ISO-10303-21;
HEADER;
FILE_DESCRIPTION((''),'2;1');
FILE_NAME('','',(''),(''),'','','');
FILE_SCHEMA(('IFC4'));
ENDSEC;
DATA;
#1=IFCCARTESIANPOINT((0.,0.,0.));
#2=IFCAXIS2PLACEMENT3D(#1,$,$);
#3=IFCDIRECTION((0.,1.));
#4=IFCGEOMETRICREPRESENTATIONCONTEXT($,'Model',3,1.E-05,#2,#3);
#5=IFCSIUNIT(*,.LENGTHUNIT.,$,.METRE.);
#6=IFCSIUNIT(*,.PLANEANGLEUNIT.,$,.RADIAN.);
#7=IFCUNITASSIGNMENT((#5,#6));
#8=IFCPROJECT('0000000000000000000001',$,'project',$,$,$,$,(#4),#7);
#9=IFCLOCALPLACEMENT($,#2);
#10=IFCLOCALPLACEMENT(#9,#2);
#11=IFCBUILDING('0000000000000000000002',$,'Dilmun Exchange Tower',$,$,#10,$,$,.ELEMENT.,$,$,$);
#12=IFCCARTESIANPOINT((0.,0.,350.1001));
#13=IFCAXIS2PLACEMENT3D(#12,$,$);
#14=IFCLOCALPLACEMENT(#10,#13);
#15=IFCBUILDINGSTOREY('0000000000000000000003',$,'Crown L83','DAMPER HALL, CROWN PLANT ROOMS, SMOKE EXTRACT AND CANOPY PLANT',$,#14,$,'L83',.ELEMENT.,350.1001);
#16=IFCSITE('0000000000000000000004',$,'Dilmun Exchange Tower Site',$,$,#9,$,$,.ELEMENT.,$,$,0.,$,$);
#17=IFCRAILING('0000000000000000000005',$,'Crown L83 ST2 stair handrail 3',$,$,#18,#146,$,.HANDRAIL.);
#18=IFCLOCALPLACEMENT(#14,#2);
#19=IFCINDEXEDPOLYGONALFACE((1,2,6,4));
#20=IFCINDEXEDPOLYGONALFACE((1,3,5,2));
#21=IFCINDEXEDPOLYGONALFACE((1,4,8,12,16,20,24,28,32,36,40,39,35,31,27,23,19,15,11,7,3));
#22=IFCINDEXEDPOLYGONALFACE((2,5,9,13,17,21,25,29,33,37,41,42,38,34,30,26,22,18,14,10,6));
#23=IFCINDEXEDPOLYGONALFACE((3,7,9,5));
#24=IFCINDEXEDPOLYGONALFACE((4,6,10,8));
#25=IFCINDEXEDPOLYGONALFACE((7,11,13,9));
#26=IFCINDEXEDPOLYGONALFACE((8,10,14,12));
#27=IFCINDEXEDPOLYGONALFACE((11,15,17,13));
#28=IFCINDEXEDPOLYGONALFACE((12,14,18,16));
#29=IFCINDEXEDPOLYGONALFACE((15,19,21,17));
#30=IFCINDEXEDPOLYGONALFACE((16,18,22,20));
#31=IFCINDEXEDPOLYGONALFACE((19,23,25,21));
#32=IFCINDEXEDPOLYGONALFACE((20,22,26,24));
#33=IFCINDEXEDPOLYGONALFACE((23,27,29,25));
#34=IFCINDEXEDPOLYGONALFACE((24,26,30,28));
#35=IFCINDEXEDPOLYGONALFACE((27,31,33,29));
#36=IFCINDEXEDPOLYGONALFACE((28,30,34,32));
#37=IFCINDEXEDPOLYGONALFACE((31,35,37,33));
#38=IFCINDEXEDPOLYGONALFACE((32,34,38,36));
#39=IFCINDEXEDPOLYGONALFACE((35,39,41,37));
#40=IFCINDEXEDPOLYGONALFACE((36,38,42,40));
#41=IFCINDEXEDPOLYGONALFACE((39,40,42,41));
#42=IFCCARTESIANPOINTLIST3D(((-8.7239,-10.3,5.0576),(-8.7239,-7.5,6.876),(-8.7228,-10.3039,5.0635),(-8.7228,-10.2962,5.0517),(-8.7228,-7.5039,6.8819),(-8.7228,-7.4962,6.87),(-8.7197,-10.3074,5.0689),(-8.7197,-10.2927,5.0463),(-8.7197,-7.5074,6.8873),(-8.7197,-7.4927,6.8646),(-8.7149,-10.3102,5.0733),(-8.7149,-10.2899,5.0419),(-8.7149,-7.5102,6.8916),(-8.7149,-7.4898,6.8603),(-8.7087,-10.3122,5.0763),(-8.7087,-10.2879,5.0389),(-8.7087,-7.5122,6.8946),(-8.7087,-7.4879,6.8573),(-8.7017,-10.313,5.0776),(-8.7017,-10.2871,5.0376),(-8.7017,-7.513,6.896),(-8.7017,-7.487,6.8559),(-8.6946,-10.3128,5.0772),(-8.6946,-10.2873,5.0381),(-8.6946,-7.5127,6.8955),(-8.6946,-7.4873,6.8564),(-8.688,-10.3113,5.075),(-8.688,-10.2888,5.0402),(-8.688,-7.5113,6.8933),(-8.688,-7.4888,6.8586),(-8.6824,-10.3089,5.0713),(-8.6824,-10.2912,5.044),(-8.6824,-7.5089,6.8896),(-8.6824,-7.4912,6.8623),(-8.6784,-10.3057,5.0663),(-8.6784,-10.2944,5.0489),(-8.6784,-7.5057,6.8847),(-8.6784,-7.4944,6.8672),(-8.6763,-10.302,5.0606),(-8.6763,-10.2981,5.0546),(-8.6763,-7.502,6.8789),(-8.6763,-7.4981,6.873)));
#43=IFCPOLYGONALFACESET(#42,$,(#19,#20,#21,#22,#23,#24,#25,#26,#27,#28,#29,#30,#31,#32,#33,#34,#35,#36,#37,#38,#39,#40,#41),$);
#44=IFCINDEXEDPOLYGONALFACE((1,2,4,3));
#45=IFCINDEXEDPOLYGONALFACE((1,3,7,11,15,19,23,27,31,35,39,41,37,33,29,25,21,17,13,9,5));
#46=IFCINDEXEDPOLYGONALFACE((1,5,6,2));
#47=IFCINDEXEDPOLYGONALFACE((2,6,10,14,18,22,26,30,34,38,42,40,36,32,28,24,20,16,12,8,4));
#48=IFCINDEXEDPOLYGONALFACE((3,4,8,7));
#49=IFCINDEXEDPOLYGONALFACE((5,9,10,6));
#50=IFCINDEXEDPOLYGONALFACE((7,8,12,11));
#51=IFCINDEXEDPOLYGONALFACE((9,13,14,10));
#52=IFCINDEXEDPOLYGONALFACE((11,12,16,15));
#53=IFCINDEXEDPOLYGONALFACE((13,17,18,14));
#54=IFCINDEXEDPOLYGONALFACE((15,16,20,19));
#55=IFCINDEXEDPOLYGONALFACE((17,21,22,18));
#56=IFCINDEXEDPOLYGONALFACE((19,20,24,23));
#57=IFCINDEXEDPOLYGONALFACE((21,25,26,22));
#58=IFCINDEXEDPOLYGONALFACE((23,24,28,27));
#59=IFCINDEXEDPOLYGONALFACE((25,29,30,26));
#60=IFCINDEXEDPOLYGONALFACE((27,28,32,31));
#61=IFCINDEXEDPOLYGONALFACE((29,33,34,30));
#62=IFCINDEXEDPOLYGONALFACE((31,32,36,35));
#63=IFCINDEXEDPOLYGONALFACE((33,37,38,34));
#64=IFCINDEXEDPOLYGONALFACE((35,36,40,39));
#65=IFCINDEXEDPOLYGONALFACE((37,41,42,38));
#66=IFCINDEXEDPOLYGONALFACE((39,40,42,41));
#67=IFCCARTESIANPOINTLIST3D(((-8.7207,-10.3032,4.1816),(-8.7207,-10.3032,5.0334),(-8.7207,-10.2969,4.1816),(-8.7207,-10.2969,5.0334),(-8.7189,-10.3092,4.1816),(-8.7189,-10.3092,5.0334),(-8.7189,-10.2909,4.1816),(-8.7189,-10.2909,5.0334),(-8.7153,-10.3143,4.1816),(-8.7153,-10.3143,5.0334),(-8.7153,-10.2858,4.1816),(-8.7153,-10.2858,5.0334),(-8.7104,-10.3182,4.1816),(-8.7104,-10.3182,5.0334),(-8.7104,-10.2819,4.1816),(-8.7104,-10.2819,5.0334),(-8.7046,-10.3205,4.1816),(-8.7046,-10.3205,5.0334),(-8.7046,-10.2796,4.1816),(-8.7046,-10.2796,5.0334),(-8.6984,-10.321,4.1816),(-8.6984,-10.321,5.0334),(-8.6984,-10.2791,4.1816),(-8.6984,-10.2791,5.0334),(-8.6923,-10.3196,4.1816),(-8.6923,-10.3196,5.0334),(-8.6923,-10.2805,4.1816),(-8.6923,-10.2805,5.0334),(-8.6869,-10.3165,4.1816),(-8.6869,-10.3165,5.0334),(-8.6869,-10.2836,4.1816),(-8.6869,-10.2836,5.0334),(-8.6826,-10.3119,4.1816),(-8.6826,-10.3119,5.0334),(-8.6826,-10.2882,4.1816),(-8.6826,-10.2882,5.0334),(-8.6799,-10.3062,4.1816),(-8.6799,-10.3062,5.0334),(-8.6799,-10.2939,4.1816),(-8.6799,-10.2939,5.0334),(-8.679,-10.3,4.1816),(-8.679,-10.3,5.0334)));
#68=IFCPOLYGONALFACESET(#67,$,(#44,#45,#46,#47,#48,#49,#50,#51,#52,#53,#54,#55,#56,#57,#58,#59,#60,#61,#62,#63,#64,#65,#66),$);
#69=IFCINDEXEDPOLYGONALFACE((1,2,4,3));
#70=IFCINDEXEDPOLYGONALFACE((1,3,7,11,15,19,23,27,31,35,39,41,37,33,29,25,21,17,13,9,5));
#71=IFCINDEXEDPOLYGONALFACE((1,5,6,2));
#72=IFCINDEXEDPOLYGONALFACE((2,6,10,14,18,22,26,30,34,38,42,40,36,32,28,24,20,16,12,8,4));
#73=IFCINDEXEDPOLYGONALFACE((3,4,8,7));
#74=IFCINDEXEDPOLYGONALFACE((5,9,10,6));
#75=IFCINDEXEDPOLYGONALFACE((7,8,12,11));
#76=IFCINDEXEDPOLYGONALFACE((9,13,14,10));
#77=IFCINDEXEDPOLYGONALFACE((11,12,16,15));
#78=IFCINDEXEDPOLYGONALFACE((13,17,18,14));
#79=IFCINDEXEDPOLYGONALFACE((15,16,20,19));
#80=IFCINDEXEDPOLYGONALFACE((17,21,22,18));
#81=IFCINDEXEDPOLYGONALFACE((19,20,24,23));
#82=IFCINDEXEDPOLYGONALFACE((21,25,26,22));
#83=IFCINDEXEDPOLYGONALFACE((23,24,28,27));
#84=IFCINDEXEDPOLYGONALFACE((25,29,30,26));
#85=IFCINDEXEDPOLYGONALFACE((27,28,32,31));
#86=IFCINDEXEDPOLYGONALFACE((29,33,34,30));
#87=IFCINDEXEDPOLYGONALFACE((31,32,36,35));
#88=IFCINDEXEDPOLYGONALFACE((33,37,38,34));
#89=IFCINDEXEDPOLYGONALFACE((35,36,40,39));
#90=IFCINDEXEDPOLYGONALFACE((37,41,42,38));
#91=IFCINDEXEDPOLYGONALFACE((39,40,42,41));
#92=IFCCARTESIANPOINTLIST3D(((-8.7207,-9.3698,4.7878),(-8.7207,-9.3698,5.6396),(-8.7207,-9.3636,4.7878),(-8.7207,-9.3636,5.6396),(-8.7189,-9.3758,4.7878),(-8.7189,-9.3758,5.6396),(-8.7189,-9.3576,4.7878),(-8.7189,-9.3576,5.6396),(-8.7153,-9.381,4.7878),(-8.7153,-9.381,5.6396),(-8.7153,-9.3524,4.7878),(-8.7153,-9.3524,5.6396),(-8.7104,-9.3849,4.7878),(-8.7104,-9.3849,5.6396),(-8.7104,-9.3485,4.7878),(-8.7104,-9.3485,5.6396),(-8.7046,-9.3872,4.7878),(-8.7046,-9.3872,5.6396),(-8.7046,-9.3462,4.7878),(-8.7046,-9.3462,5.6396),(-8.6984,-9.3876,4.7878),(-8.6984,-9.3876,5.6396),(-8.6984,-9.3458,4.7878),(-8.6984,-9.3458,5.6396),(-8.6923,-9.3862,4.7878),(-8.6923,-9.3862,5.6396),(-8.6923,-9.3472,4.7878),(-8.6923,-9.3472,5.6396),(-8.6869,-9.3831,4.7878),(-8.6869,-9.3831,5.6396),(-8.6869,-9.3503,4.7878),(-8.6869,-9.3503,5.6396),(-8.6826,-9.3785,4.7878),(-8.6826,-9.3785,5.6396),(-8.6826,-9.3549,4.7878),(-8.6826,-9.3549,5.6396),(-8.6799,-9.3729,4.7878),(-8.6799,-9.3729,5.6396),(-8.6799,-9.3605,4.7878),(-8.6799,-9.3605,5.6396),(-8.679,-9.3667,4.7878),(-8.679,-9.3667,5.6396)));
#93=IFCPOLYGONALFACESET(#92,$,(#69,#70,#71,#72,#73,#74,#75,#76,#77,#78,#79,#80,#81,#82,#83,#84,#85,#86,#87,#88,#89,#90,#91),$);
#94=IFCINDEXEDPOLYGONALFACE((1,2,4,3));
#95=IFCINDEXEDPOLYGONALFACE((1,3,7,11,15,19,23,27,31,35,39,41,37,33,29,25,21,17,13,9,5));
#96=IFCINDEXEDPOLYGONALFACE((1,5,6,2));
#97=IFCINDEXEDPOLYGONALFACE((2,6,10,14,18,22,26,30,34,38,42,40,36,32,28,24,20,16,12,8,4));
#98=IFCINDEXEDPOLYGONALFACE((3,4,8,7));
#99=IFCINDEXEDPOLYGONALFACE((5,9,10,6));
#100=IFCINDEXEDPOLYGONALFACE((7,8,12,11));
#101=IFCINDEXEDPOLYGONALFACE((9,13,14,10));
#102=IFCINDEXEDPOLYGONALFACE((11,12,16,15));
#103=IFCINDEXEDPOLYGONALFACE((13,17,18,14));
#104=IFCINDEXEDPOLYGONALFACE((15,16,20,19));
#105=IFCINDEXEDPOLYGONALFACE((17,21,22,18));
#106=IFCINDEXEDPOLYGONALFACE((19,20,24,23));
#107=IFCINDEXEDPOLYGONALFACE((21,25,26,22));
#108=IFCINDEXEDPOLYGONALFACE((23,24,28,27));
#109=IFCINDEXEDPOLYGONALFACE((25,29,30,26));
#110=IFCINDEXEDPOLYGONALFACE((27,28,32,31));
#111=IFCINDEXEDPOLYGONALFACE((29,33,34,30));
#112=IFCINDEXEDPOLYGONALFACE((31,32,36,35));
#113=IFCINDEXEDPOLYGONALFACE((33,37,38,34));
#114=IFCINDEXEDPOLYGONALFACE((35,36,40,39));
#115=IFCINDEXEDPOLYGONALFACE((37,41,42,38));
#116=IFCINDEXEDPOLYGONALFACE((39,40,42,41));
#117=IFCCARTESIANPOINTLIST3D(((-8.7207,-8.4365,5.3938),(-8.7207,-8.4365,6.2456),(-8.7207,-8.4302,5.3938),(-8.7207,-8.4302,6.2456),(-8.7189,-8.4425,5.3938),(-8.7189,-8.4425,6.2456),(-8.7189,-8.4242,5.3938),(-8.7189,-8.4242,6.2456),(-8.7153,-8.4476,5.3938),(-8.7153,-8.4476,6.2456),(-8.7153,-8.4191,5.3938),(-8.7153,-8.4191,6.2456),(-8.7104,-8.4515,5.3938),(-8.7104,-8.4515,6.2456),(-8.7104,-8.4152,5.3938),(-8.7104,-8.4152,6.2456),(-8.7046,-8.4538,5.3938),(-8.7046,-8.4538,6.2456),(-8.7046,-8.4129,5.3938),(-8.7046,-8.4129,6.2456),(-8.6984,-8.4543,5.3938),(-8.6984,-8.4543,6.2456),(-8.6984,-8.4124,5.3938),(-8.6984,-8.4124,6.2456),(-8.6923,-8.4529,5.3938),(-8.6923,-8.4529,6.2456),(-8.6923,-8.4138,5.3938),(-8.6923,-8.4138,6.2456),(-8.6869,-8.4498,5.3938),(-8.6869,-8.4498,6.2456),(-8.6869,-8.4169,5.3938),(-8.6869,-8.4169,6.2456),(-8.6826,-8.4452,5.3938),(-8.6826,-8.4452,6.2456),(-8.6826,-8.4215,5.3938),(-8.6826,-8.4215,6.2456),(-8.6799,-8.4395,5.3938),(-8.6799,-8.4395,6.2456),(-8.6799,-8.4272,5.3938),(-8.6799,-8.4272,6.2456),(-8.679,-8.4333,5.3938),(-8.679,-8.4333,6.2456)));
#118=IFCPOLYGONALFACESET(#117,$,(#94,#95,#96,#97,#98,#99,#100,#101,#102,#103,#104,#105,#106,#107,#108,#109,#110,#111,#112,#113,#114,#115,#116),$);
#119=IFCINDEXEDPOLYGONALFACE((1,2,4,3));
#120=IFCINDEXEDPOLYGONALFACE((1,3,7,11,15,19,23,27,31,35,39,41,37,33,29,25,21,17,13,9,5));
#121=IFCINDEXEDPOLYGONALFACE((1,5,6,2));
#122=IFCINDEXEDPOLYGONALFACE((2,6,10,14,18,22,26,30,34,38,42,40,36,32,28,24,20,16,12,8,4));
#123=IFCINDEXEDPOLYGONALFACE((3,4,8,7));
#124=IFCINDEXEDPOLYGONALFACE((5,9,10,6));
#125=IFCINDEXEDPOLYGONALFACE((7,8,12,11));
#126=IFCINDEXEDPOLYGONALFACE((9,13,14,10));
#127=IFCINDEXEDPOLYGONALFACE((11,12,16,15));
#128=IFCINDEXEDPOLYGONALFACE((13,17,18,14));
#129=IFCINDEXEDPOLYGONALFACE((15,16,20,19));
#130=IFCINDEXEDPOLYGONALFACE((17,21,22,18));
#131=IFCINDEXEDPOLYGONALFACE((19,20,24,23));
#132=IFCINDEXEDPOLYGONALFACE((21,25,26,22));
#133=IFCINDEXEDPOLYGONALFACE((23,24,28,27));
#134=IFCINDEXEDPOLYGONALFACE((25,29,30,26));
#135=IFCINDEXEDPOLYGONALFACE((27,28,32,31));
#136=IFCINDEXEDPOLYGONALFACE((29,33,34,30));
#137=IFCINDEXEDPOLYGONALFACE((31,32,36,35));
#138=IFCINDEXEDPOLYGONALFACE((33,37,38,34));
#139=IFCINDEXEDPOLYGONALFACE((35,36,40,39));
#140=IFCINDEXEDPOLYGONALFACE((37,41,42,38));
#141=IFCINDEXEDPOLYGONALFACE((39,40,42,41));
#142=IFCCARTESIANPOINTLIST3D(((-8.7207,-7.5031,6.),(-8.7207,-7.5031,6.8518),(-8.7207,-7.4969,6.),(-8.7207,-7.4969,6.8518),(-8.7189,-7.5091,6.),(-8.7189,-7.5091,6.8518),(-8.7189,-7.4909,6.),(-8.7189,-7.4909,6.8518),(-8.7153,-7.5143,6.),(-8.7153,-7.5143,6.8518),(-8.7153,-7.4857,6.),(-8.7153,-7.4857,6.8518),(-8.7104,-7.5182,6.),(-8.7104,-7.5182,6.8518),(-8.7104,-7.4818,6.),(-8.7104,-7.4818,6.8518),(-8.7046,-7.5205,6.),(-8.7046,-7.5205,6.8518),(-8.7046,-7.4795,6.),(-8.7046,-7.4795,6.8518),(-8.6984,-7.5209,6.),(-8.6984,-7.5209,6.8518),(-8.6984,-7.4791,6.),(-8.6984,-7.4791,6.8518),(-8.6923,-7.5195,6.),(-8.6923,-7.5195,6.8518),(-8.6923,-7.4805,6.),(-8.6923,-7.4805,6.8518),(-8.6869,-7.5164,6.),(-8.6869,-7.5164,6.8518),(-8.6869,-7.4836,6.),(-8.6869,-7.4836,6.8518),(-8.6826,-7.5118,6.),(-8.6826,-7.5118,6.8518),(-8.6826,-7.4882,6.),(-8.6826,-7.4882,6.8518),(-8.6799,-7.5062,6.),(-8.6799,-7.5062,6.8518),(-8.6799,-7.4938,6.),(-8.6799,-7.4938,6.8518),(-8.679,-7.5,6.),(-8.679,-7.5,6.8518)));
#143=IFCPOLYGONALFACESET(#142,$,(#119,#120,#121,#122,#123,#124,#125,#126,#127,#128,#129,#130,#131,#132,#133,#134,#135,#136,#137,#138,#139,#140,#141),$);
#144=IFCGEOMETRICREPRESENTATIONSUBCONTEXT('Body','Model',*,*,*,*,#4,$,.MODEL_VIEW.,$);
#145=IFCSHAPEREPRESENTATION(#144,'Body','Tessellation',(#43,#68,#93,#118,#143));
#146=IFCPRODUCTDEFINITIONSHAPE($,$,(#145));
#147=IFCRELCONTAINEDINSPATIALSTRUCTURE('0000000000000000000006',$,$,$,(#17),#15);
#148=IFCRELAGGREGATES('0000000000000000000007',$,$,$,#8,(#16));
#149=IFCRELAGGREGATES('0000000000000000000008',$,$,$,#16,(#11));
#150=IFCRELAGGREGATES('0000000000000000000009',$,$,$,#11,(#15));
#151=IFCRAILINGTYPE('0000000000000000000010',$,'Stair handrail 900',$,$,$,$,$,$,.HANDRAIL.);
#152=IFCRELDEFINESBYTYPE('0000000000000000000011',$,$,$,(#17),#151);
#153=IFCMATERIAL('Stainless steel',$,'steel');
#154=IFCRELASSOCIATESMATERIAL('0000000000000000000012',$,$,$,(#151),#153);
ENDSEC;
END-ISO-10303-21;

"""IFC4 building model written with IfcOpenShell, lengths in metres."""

from ifc_helpers import new_model, si_unit, direction, frame, origin, origin_2d, place, context, subcontext, project, spatial, circle, extrude, material, type_object, element, save


model = new_model("IFC4")

# Units and contexts
model_context = context("Model", 3, precision=1e-05, world=origin(), true_north=direction((0.0, 1.0)))
body_context = subcontext(model_context, "Body", "Model", "MODEL_VIEW")
ifc_project = project(units=[si_unit("LENGTHUNIT", "METRE"), si_unit("PLANEANGLEUNIT", "RADIAN")], contexts=[model_context])

# Site, building, storey
site_placement = place(None, origin())
site = spatial("IfcSite", under=ifc_project, at=site_placement, Name="Dilmun Exchange Tower Site", CompositionType="ELEMENT", RefElevation=0.0)
building_placement = place(site_placement, origin())
building = spatial("IfcBuilding", under=site, at=building_placement, Name="Dilmun Exchange Tower", CompositionType="ELEMENT")
storey_placement = place(building_placement, frame((0.0, 0.0, 350.1001)))
storey = spatial("IfcBuildingStorey", under=building, at=storey_placement, Name="Crown L83", Description="DAMPER HALL, CROWN PLANT ROOMS, SMOKE EXTRACT AND CANOPY PLANT", LongName="L83", CompositionType="ELEMENT", Elevation=350.1001)

# Railing
ifc_material_1 = material(Name="Stainless steel", Category="steel")
railing_type = type_object("IfcRailingType", Name="Stair handrail 900", PredefinedType="HANDRAIL", material=ifc_material_1)
railing_1_placement = place(storey_placement, frame((-8.7, -10.3, 4.1816)))
element("IfcRailing", 1, at=railing_1_placement, inside=storey, type_object=railing_type, Name="Crown L83 ST2 stair handrail 3", PredefinedType="HANDRAIL", context=body_context, shape_type="SweptSolid", body=[
    extrude(circle(Radius=0.0239, at=origin_2d()), frame((0.0, 0.0, 0.876), z_axis=(0.0, 0.838672, 0.544636), x_axis=(-1.0, 0.0, 0.0)), (0.0, 0.0, 1.0), 3.3386),
    extrude(circle(Radius=0.021, at=origin_2d()), origin(), (0.0, 0.0, 1.0), 0.8518),
    extrude(circle(Radius=0.021, at=origin_2d()), frame((0.0, 0.9333, 0.6062)), (0.0, 0.0, 1.0), 0.8518),
    extrude(circle(Radius=0.021, at=origin_2d()), frame((0.0, 1.8667, 1.2122)), (0.0, 0.0, 1.0), 0.8518),
    extrude(circle(Radius=0.021, at=origin_2d()), frame((0.0, 2.8, 1.8184)), (0.0, 0.0, 1.0), 0.8518),
])

save(model, "model.ifc")
